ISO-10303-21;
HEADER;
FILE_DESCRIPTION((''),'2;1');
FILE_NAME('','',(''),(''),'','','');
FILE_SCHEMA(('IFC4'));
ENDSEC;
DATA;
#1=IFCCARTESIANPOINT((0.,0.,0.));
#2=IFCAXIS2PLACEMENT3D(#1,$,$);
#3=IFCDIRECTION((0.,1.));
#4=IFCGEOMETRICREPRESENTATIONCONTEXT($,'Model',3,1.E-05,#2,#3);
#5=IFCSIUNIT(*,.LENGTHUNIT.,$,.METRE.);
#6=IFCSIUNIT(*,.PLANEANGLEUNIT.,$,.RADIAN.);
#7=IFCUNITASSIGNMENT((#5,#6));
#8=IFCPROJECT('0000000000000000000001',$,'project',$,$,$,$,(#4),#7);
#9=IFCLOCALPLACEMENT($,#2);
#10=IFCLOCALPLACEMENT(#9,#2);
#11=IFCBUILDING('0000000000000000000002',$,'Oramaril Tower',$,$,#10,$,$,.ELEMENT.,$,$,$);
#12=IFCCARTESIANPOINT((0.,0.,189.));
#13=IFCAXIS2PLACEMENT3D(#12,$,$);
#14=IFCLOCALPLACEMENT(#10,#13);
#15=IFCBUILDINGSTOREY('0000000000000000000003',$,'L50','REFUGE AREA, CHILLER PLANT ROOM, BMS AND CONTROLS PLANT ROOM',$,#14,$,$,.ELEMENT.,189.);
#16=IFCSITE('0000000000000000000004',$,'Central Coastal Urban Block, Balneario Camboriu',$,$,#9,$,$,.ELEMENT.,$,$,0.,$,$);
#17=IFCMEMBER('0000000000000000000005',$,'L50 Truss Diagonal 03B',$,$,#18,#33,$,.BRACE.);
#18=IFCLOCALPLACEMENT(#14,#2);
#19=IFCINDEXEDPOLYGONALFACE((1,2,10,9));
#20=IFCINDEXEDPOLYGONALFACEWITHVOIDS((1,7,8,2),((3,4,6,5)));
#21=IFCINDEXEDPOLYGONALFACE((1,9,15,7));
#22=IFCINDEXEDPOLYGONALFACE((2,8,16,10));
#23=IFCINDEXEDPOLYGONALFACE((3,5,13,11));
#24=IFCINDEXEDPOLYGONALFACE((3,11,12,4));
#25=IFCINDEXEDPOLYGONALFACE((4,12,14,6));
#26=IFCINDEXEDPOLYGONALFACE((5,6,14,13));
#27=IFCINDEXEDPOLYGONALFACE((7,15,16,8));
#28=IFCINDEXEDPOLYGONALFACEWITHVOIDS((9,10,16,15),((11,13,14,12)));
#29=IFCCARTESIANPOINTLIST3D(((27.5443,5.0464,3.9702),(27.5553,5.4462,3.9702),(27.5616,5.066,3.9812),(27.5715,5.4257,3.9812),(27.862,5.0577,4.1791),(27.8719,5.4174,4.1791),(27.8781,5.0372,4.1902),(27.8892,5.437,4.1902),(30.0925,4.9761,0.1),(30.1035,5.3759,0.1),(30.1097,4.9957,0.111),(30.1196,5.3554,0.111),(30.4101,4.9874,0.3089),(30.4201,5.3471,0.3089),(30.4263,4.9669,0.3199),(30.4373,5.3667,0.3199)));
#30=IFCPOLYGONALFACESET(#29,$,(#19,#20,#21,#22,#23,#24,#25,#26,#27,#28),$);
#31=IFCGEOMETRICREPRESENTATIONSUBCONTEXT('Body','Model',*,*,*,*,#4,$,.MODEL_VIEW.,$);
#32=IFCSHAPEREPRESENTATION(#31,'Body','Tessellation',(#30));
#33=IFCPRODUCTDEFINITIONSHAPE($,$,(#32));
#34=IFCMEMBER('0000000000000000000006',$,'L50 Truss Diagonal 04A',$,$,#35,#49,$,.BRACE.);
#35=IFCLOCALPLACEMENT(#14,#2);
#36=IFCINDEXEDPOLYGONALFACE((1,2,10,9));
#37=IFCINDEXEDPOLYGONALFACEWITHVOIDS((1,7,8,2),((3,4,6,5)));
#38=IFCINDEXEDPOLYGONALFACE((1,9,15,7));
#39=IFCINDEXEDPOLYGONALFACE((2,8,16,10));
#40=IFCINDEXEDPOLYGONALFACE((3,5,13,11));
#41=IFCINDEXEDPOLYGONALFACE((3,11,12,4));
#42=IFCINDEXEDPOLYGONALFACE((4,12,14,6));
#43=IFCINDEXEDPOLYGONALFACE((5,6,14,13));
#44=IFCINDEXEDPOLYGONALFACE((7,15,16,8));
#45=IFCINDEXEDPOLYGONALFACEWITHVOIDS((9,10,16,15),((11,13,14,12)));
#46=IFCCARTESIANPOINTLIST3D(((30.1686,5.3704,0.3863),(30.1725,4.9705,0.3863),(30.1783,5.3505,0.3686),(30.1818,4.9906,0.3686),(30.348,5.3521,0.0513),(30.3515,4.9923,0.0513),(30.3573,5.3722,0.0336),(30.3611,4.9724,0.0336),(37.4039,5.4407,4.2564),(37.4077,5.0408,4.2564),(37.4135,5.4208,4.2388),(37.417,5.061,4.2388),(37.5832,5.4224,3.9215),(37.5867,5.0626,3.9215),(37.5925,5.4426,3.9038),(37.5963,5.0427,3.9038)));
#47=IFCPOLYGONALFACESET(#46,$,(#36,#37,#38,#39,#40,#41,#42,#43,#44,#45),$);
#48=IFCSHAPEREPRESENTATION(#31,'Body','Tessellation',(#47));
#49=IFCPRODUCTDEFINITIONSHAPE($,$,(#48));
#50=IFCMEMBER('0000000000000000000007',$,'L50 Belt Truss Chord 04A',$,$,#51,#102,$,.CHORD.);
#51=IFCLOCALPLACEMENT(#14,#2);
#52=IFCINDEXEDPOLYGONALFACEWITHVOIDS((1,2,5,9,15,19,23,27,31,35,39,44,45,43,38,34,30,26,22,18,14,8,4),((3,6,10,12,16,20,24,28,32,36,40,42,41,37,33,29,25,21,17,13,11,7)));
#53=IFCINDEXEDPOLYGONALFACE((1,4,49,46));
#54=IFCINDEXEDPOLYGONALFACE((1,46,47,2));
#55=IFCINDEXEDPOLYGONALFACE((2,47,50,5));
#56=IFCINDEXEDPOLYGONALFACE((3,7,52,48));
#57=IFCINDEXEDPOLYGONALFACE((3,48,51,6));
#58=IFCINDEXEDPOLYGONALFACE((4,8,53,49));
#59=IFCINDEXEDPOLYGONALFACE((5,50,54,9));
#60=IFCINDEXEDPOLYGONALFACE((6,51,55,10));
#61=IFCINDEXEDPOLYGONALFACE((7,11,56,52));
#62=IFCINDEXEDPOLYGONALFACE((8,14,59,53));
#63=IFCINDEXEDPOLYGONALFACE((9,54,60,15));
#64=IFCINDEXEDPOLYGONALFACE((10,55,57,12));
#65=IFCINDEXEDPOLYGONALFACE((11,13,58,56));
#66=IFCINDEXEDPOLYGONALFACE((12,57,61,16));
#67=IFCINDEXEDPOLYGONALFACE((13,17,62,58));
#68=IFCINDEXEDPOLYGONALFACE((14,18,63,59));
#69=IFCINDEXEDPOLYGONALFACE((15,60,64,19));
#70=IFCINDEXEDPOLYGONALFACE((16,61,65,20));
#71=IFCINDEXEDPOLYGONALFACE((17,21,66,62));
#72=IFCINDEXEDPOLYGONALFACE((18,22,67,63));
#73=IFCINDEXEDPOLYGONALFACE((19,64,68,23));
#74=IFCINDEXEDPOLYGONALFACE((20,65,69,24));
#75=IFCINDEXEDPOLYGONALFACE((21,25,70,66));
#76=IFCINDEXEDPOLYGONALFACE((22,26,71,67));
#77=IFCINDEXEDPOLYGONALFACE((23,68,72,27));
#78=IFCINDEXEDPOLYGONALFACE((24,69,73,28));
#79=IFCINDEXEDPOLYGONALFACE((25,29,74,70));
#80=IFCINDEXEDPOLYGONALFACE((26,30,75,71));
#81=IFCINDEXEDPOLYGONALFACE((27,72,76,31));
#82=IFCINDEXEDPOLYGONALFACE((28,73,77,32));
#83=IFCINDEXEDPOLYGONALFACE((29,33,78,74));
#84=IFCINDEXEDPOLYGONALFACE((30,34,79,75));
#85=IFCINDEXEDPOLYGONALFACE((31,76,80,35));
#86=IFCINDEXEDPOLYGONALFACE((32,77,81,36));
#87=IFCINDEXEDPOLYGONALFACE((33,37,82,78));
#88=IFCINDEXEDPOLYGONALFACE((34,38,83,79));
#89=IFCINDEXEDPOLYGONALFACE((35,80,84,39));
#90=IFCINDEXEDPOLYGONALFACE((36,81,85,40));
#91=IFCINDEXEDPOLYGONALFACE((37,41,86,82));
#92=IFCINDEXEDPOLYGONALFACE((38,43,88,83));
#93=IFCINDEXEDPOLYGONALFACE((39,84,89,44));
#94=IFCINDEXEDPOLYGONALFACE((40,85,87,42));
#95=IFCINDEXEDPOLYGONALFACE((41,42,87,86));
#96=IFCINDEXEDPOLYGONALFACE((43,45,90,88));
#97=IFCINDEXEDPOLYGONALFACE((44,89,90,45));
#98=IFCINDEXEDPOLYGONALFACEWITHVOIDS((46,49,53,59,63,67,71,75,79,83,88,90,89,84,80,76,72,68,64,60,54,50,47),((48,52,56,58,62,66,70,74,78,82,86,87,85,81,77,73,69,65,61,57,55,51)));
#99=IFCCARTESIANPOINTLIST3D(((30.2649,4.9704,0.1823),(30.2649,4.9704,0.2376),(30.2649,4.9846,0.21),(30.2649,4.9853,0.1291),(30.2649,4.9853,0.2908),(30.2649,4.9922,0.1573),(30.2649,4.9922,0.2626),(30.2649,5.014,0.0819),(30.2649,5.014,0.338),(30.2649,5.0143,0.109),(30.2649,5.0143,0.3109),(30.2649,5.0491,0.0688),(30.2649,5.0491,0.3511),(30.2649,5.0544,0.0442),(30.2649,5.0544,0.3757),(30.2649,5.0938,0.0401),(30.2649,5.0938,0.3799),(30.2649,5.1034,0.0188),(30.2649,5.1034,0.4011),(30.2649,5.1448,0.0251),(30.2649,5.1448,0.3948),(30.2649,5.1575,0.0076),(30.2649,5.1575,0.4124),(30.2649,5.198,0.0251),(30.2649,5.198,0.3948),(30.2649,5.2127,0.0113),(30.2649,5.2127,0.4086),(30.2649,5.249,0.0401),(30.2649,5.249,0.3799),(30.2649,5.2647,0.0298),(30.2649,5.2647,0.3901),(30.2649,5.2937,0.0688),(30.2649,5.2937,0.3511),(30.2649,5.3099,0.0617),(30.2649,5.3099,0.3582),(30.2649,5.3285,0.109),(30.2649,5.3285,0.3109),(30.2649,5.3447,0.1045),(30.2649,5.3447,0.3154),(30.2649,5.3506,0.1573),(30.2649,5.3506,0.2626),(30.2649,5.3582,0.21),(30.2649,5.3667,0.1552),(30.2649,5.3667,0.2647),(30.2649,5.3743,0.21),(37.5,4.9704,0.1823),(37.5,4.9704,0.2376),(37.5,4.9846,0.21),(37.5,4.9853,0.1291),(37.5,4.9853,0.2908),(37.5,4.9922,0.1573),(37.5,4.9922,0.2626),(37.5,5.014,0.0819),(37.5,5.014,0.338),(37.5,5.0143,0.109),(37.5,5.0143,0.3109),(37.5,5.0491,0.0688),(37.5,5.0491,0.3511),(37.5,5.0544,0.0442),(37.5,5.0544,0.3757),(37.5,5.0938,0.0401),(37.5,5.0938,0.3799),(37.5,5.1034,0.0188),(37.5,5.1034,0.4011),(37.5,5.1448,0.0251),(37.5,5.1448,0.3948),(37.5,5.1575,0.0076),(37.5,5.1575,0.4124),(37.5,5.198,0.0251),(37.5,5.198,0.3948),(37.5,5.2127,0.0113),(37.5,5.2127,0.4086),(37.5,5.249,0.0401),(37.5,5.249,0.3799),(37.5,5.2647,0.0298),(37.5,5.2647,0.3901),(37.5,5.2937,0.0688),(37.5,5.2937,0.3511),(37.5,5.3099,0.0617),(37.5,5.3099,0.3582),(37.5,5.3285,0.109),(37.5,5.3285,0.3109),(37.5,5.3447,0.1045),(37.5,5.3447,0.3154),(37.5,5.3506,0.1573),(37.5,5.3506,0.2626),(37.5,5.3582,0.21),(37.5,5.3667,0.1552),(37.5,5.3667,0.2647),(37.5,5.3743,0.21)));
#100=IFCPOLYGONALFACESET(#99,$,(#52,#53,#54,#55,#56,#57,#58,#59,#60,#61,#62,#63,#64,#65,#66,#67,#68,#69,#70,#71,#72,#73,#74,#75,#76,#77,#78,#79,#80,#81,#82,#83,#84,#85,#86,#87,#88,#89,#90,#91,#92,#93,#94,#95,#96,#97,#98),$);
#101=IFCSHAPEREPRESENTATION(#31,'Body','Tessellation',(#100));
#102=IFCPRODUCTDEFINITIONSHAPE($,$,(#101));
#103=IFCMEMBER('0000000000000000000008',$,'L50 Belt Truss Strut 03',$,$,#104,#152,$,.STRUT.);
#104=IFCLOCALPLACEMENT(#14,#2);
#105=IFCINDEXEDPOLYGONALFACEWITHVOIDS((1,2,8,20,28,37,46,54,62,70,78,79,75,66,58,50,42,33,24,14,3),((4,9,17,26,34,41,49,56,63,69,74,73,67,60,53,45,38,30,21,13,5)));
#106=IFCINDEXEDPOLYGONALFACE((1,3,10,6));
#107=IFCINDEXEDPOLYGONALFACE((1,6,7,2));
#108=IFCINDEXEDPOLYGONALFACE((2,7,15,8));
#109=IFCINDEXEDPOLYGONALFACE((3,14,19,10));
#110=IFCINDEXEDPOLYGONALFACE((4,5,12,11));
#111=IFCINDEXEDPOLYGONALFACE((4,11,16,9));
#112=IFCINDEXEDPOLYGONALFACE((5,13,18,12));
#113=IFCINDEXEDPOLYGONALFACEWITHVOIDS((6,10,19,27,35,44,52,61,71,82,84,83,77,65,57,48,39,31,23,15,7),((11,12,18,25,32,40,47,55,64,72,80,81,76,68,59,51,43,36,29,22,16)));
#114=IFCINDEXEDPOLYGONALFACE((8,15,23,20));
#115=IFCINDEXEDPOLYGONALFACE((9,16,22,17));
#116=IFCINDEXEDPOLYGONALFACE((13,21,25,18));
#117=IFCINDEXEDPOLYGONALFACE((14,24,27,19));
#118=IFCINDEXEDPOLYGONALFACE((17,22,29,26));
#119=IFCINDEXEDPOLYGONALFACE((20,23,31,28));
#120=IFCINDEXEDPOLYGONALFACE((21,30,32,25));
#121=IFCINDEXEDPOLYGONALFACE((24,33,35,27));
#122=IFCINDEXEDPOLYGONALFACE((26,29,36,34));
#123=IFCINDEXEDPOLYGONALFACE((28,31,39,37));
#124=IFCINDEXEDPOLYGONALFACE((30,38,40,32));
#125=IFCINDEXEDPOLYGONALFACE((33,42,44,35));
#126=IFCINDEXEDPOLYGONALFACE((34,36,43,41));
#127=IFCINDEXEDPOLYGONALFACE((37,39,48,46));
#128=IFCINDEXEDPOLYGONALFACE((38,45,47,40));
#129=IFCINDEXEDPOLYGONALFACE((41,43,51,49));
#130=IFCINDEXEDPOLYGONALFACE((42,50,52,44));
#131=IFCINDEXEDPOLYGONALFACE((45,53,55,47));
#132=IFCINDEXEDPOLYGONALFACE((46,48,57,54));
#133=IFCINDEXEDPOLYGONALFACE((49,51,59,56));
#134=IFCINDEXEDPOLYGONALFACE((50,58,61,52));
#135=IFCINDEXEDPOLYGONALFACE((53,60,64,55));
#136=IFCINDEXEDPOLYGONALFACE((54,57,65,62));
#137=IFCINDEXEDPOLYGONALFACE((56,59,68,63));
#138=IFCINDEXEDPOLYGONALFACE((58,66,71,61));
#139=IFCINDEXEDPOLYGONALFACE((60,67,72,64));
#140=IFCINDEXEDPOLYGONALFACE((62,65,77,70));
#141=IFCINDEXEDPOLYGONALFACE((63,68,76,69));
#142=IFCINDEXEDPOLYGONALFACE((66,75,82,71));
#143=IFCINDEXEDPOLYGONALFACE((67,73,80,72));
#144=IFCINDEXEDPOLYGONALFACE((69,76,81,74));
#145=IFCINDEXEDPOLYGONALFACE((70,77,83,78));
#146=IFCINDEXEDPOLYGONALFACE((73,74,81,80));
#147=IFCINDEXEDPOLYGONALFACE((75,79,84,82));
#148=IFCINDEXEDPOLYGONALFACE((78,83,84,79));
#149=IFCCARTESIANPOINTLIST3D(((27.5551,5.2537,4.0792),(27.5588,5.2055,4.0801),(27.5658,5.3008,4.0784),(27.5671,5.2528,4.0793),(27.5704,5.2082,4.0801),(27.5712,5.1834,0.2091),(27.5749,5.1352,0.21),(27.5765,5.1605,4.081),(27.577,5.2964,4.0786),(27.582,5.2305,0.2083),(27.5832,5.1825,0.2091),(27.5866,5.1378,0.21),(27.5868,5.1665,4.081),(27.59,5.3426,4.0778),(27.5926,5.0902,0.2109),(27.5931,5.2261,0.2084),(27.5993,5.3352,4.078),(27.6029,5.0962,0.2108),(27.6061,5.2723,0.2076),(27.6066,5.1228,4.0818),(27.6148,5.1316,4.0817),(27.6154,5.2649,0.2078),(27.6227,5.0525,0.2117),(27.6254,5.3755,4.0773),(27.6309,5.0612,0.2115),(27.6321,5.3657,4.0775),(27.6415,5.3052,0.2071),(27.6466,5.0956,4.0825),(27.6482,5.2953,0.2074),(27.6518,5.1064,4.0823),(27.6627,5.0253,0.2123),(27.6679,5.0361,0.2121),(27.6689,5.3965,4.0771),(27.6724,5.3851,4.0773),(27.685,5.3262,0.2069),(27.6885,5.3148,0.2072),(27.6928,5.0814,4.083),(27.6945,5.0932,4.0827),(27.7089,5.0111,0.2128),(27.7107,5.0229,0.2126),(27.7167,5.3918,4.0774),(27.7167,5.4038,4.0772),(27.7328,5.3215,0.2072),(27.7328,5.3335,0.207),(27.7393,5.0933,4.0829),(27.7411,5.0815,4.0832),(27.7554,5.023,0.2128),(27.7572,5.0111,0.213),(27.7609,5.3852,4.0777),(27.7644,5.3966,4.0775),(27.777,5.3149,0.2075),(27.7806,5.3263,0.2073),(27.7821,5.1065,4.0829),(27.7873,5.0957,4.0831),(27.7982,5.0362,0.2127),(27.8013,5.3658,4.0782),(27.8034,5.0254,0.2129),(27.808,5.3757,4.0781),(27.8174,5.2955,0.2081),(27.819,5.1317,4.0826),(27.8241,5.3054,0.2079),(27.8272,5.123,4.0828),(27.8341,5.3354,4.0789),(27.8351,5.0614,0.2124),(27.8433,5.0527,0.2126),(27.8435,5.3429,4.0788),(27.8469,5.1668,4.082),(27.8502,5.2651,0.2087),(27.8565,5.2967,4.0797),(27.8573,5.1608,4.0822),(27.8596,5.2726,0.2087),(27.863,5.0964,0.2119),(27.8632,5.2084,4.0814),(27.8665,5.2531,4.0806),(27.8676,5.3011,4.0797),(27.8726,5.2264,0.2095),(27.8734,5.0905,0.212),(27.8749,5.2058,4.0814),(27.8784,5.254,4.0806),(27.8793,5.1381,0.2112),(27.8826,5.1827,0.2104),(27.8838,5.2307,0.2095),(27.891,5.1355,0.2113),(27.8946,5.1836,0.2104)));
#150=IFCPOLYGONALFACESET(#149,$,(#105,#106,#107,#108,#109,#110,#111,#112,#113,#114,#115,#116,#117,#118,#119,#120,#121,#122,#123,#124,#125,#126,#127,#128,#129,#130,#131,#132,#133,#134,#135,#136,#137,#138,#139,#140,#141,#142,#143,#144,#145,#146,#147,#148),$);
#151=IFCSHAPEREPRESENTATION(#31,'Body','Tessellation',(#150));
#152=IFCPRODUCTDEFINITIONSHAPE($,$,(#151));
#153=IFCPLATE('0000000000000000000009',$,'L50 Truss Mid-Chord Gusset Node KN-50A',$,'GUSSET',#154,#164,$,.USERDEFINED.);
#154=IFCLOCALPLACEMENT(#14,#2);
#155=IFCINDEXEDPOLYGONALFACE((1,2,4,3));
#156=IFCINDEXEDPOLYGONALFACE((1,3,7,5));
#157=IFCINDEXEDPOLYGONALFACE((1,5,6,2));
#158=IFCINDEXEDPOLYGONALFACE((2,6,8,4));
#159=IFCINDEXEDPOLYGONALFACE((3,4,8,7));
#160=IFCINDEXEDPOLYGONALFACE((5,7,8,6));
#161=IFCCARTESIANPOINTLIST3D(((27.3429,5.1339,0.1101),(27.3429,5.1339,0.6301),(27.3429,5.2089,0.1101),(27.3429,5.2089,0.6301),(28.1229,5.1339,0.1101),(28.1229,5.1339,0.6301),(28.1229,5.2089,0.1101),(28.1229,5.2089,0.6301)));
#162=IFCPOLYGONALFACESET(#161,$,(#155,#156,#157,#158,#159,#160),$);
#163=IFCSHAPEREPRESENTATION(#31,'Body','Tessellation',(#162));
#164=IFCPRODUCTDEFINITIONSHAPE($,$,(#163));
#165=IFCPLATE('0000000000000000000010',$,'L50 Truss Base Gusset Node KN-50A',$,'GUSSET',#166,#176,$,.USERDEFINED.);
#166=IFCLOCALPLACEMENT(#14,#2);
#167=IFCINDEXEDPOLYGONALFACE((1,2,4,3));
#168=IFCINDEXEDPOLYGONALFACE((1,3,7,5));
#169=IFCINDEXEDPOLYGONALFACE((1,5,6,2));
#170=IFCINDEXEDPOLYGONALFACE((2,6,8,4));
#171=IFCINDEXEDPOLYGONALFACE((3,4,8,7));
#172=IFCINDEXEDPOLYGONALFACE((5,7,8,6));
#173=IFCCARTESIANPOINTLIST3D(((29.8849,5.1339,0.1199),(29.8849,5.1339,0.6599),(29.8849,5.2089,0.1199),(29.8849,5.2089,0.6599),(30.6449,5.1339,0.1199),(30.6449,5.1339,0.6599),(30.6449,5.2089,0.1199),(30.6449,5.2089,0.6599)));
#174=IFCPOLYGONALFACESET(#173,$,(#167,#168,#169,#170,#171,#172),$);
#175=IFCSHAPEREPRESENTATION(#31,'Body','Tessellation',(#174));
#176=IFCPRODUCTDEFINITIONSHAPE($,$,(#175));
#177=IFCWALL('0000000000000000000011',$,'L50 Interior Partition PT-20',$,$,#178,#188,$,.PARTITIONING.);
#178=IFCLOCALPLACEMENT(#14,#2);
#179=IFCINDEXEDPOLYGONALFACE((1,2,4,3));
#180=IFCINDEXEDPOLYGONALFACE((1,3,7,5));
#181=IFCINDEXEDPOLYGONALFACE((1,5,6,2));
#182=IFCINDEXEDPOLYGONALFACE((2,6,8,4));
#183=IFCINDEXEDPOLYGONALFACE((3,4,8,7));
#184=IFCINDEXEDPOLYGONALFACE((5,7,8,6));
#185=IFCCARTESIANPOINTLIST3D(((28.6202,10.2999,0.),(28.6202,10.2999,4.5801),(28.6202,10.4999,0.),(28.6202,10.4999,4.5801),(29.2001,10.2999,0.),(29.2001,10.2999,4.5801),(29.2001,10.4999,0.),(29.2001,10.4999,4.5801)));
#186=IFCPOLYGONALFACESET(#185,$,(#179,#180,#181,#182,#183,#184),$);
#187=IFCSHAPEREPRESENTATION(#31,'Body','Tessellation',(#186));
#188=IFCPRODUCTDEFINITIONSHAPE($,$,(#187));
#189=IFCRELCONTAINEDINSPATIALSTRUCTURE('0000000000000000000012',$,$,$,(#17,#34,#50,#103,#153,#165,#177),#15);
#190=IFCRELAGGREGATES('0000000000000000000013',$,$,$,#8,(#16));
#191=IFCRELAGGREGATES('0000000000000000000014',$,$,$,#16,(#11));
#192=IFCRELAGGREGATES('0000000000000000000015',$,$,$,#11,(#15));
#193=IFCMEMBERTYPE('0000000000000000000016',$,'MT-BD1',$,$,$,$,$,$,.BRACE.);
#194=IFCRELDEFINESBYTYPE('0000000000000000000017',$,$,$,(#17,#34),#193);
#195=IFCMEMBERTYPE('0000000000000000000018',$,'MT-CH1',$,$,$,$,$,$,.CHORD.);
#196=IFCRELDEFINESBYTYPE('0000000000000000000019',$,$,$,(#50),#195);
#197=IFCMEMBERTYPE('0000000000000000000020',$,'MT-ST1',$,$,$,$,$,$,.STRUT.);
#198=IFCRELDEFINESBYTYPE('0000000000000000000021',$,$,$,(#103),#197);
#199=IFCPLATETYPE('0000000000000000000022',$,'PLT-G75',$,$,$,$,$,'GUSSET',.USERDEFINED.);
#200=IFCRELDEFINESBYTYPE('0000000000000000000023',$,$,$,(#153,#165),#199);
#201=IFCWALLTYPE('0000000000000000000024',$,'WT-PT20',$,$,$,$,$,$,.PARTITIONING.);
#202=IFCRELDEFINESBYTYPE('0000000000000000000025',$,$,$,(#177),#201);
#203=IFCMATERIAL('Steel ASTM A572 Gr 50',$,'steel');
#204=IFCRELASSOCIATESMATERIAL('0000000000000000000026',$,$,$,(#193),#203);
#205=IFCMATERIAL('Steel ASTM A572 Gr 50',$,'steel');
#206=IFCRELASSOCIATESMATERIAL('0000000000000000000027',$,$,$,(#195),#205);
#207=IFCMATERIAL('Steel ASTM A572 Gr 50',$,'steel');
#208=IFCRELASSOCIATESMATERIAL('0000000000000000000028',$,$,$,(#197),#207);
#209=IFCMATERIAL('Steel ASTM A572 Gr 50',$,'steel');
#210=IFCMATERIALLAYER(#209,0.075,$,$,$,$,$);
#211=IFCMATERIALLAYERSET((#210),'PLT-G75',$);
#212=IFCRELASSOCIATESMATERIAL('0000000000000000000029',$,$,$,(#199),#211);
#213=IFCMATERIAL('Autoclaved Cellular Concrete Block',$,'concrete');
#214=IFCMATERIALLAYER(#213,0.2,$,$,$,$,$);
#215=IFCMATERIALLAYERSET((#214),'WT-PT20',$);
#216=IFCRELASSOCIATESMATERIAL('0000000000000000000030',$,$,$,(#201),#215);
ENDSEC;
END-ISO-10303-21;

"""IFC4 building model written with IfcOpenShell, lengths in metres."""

from ifc_helpers import new_model, si_unit, direction, frame, frame_2d, origin, origin_2d, place, context, subcontext, project, spatial, rectangle, hollow_rectangle, hollow_circle, extrude, material, layer, layer_set, material_profile, profile_set, type_object, element, save


model = new_model("IFC4")

# Units and contexts
model_context = context("Model", 3, precision=1e-05, world=origin(), true_north=direction((0.0, 1.0)))
body_context = subcontext(model_context, "Body", "Model", "MODEL_VIEW")
ifc_project = project(units=[si_unit("LENGTHUNIT", "METRE"), si_unit("PLANEANGLEUNIT", "RADIAN")], contexts=[model_context])

# Site, building, storey
site_placement = place(None, origin())
site = spatial("IfcSite", under=ifc_project, at=site_placement, Name="Central Coastal Urban Block, Balneario Camboriu", CompositionType="ELEMENT", RefElevation=0.0)
building_placement = place(site_placement, origin())
building = spatial("IfcBuilding", under=site, at=building_placement, Name="Oramaril Tower", CompositionType="ELEMENT")
storey_placement = place(building_placement, frame((0.0, 0.0, 189.0)))
storey = spatial("IfcBuildingStorey", under=building, at=storey_placement, Name="L50", Description="REFUGE AREA, CHILLER PLANT ROOM, BMS AND CONTROLS PLANT ROOM", CompositionType="ELEMENT", Elevation=189.0)

# Members
ifc_material_1 = material(Name="Steel ASTM A572 Gr 50", Category="steel")
ifc_material_profile_1 = material_profile(ifc_material_1, hollow_rectangle(XDim=0.3999, YDim=0.3999, WallThickness=0.02, at=origin_2d()), Name="HSS400X400X20")
ifc_profile_set_1 = profile_set([ifc_material_profile_1], Name="Steel ASTM A572 Gr 50")
member_type_1 = type_object("IfcMemberType", Name="MT-BD1", PredefinedType="BRACE", material=ifc_profile_set_1)
member_1_placement = place(storey_placement, frame((30.2649, 5.1714, 0.21), z_axis=(-0.549849, 0.015173, 0.835126), x_axis=(-0.027584, -0.999619, 0.0)))
element("IfcMember", 1, at=member_1_placement, inside=storey, type_object=member_type_1, Name="L50 Truss Diagonal 03B", PredefinedType="BRACE", context=body_context, shape_type="SweptSolid", body=[
    extrude(hollow_rectangle(XDim=0.3999, YDim=0.3999, WallThickness=0.02, at=origin_2d()), origin(), (0.0, 0.0, 1.0), 4.6343),
])
member_2_placement = place(storey_placement, frame((30.2649, 5.1714, 0.21), z_axis=(0.881743, 0.008569, 0.471652), x_axis=(-0.009718, 0.999953, 0.0)))
element("IfcMember", 2, at=member_2_placement, inside=storey, type_object=member_type_1, Name="L50 Truss Diagonal 04A", PredefinedType="BRACE", context=body_context, shape_type="SweptSolid", body=[
    extrude(hollow_rectangle(XDim=0.3999, YDim=0.3999, WallThickness=0.02, at=origin_2d()), origin(), (0.0, 0.0, 1.0), 8.2056),
])
ifc_material_2 = material(Name="Steel ASTM A572 Gr 50", Category="steel")
ifc_material_profile_2 = material_profile(ifc_material_2, hollow_circle(Radius=0.2029, WallThickness=0.0161, at=origin_2d()), Name="CHS406X16")
ifc_profile_set_2 = profile_set([ifc_material_profile_2], Name="Steel ASTM A572 Gr 50")
member_type_2 = type_object("IfcMemberType", Name="MT-CH1", PredefinedType="CHORD", material=ifc_profile_set_2)
member_3_placement = place(storey_placement, frame((30.2649, 5.1714, 0.21), z_axis=(1.0, 0.0, 0.0), x_axis=(0.0, 1.0, 0.0)))
element("IfcMember", 3, at=member_3_placement, inside=storey, type_object=member_type_2, Name="L50 Belt Truss Chord 04A", PredefinedType="CHORD", context=body_context, shape_type="SweptSolid", body=[
    extrude(hollow_circle(Radius=0.2029, WallThickness=0.0161, at=origin_2d()), origin(), (0.0, 0.0, 1.0), 7.2351),
])
ifc_material_3 = material(Name="Steel ASTM A572 Gr 50", Category="steel")
ifc_material_profile_3 = material_profile(ifc_material_3, hollow_circle(Radius=0.1621, WallThickness=0.012, at=origin_2d()), Name="CHS324X12")
ifc_profile_set_3 = profile_set([ifc_material_profile_3], Name="Steel ASTM A572 Gr 50")
member_type_3 = type_object("IfcMemberType", Name="MT-ST1", PredefinedType="STRUT", material=ifc_profile_set_3)
member_4_placement = place(storey_placement, frame((27.7329, 5.1714, 0.21), z_axis=(-0.004163, 0.018165, 0.999826), x_axis=(-0.974732, -0.223376, 0.0)))
element("IfcMember", 4, at=member_4_placement, inside=storey, type_object=member_type_3, Name="L50 Belt Truss Strut 03", PredefinedType="STRUT", context=body_context, shape_type="SweptSolid", body=[
    extrude(hollow_circle(Radius=0.1621, WallThickness=0.012, at=origin_2d()), origin(), (0.0, 0.0, 1.0), 3.8708),
])

# Plates
ifc_material_4 = material(Name="Steel ASTM A572 Gr 50", Category="steel")
ifc_layer_1 = layer(ifc_material_4, 0.075)
ifc_layer_set_1 = layer_set([ifc_layer_1], Name="PLT-G75")
plate_type = type_object("IfcPlateType", Name="PLT-G75", ElementType="GUSSET", PredefinedType="USERDEFINED", material=ifc_layer_set_1)
plate_1_placement = place(storey_placement, frame((27.7329, 5.1714, 0.1101), z_axis=(0.0, 0.0, 1.0), x_axis=(1.0, 0.0, 0.0)))
element("IfcPlate", 5, at=plate_1_placement, inside=storey, type_object=plate_type, Name="L50 Truss Mid-Chord Gusset Node KN-50A", ObjectType="GUSSET", PredefinedType="USERDEFINED", context=body_context, shape_type="SweptSolid", body=[
    extrude(rectangle(XDim=0.78, YDim=0.075, at=origin_2d()), origin(), (0.0, 0.0, 1.0), 0.52),
])
plate_2_placement = place(storey_placement, frame((30.2649, 5.1714, 0.1199), z_axis=(0.0, 0.0, 1.0), x_axis=(1.0, 0.0, 0.0)))
element("IfcPlate", 6, at=plate_2_placement, inside=storey, type_object=plate_type, Name="L50 Truss Base Gusset Node KN-50A", ObjectType="GUSSET", PredefinedType="USERDEFINED", context=body_context, shape_type="SweptSolid", body=[
    extrude(rectangle(XDim=0.76, YDim=0.075, at=origin_2d()), origin(), (0.0, 0.0, 1.0), 0.54),
])

# Wall
ifc_material_5 = material(Name="Autoclaved Cellular Concrete Block", Category="concrete")
ifc_layer_2 = layer(ifc_material_5, 0.2)
ifc_layer_set_2 = layer_set([ifc_layer_2], Name="WT-PT20")
wall_type_1 = type_object("IfcWallType", Name="WT-PT20", PredefinedType="PARTITIONING", material=ifc_layer_set_2)
wall_1_placement = place(storey_placement, frame((28.6201, 10.3999, 0.0), z_axis=(0.0, 0.0, 1.0), x_axis=(1.0, 0.0, 0.0)))
element("IfcWall", 7, at=wall_1_placement, inside=storey, type_object=wall_type_1, Name="L50 Interior Partition PT-20", PredefinedType="PARTITIONING", context=body_context, shape_type="SweptSolid", body=[
    extrude(rectangle(XDim=0.5798, YDim=0.2, at=frame_2d((0.29, 0.0))), origin(), (0.0, 0.0, 1.0), 4.5801),
])

save(model, "model.ifc")
